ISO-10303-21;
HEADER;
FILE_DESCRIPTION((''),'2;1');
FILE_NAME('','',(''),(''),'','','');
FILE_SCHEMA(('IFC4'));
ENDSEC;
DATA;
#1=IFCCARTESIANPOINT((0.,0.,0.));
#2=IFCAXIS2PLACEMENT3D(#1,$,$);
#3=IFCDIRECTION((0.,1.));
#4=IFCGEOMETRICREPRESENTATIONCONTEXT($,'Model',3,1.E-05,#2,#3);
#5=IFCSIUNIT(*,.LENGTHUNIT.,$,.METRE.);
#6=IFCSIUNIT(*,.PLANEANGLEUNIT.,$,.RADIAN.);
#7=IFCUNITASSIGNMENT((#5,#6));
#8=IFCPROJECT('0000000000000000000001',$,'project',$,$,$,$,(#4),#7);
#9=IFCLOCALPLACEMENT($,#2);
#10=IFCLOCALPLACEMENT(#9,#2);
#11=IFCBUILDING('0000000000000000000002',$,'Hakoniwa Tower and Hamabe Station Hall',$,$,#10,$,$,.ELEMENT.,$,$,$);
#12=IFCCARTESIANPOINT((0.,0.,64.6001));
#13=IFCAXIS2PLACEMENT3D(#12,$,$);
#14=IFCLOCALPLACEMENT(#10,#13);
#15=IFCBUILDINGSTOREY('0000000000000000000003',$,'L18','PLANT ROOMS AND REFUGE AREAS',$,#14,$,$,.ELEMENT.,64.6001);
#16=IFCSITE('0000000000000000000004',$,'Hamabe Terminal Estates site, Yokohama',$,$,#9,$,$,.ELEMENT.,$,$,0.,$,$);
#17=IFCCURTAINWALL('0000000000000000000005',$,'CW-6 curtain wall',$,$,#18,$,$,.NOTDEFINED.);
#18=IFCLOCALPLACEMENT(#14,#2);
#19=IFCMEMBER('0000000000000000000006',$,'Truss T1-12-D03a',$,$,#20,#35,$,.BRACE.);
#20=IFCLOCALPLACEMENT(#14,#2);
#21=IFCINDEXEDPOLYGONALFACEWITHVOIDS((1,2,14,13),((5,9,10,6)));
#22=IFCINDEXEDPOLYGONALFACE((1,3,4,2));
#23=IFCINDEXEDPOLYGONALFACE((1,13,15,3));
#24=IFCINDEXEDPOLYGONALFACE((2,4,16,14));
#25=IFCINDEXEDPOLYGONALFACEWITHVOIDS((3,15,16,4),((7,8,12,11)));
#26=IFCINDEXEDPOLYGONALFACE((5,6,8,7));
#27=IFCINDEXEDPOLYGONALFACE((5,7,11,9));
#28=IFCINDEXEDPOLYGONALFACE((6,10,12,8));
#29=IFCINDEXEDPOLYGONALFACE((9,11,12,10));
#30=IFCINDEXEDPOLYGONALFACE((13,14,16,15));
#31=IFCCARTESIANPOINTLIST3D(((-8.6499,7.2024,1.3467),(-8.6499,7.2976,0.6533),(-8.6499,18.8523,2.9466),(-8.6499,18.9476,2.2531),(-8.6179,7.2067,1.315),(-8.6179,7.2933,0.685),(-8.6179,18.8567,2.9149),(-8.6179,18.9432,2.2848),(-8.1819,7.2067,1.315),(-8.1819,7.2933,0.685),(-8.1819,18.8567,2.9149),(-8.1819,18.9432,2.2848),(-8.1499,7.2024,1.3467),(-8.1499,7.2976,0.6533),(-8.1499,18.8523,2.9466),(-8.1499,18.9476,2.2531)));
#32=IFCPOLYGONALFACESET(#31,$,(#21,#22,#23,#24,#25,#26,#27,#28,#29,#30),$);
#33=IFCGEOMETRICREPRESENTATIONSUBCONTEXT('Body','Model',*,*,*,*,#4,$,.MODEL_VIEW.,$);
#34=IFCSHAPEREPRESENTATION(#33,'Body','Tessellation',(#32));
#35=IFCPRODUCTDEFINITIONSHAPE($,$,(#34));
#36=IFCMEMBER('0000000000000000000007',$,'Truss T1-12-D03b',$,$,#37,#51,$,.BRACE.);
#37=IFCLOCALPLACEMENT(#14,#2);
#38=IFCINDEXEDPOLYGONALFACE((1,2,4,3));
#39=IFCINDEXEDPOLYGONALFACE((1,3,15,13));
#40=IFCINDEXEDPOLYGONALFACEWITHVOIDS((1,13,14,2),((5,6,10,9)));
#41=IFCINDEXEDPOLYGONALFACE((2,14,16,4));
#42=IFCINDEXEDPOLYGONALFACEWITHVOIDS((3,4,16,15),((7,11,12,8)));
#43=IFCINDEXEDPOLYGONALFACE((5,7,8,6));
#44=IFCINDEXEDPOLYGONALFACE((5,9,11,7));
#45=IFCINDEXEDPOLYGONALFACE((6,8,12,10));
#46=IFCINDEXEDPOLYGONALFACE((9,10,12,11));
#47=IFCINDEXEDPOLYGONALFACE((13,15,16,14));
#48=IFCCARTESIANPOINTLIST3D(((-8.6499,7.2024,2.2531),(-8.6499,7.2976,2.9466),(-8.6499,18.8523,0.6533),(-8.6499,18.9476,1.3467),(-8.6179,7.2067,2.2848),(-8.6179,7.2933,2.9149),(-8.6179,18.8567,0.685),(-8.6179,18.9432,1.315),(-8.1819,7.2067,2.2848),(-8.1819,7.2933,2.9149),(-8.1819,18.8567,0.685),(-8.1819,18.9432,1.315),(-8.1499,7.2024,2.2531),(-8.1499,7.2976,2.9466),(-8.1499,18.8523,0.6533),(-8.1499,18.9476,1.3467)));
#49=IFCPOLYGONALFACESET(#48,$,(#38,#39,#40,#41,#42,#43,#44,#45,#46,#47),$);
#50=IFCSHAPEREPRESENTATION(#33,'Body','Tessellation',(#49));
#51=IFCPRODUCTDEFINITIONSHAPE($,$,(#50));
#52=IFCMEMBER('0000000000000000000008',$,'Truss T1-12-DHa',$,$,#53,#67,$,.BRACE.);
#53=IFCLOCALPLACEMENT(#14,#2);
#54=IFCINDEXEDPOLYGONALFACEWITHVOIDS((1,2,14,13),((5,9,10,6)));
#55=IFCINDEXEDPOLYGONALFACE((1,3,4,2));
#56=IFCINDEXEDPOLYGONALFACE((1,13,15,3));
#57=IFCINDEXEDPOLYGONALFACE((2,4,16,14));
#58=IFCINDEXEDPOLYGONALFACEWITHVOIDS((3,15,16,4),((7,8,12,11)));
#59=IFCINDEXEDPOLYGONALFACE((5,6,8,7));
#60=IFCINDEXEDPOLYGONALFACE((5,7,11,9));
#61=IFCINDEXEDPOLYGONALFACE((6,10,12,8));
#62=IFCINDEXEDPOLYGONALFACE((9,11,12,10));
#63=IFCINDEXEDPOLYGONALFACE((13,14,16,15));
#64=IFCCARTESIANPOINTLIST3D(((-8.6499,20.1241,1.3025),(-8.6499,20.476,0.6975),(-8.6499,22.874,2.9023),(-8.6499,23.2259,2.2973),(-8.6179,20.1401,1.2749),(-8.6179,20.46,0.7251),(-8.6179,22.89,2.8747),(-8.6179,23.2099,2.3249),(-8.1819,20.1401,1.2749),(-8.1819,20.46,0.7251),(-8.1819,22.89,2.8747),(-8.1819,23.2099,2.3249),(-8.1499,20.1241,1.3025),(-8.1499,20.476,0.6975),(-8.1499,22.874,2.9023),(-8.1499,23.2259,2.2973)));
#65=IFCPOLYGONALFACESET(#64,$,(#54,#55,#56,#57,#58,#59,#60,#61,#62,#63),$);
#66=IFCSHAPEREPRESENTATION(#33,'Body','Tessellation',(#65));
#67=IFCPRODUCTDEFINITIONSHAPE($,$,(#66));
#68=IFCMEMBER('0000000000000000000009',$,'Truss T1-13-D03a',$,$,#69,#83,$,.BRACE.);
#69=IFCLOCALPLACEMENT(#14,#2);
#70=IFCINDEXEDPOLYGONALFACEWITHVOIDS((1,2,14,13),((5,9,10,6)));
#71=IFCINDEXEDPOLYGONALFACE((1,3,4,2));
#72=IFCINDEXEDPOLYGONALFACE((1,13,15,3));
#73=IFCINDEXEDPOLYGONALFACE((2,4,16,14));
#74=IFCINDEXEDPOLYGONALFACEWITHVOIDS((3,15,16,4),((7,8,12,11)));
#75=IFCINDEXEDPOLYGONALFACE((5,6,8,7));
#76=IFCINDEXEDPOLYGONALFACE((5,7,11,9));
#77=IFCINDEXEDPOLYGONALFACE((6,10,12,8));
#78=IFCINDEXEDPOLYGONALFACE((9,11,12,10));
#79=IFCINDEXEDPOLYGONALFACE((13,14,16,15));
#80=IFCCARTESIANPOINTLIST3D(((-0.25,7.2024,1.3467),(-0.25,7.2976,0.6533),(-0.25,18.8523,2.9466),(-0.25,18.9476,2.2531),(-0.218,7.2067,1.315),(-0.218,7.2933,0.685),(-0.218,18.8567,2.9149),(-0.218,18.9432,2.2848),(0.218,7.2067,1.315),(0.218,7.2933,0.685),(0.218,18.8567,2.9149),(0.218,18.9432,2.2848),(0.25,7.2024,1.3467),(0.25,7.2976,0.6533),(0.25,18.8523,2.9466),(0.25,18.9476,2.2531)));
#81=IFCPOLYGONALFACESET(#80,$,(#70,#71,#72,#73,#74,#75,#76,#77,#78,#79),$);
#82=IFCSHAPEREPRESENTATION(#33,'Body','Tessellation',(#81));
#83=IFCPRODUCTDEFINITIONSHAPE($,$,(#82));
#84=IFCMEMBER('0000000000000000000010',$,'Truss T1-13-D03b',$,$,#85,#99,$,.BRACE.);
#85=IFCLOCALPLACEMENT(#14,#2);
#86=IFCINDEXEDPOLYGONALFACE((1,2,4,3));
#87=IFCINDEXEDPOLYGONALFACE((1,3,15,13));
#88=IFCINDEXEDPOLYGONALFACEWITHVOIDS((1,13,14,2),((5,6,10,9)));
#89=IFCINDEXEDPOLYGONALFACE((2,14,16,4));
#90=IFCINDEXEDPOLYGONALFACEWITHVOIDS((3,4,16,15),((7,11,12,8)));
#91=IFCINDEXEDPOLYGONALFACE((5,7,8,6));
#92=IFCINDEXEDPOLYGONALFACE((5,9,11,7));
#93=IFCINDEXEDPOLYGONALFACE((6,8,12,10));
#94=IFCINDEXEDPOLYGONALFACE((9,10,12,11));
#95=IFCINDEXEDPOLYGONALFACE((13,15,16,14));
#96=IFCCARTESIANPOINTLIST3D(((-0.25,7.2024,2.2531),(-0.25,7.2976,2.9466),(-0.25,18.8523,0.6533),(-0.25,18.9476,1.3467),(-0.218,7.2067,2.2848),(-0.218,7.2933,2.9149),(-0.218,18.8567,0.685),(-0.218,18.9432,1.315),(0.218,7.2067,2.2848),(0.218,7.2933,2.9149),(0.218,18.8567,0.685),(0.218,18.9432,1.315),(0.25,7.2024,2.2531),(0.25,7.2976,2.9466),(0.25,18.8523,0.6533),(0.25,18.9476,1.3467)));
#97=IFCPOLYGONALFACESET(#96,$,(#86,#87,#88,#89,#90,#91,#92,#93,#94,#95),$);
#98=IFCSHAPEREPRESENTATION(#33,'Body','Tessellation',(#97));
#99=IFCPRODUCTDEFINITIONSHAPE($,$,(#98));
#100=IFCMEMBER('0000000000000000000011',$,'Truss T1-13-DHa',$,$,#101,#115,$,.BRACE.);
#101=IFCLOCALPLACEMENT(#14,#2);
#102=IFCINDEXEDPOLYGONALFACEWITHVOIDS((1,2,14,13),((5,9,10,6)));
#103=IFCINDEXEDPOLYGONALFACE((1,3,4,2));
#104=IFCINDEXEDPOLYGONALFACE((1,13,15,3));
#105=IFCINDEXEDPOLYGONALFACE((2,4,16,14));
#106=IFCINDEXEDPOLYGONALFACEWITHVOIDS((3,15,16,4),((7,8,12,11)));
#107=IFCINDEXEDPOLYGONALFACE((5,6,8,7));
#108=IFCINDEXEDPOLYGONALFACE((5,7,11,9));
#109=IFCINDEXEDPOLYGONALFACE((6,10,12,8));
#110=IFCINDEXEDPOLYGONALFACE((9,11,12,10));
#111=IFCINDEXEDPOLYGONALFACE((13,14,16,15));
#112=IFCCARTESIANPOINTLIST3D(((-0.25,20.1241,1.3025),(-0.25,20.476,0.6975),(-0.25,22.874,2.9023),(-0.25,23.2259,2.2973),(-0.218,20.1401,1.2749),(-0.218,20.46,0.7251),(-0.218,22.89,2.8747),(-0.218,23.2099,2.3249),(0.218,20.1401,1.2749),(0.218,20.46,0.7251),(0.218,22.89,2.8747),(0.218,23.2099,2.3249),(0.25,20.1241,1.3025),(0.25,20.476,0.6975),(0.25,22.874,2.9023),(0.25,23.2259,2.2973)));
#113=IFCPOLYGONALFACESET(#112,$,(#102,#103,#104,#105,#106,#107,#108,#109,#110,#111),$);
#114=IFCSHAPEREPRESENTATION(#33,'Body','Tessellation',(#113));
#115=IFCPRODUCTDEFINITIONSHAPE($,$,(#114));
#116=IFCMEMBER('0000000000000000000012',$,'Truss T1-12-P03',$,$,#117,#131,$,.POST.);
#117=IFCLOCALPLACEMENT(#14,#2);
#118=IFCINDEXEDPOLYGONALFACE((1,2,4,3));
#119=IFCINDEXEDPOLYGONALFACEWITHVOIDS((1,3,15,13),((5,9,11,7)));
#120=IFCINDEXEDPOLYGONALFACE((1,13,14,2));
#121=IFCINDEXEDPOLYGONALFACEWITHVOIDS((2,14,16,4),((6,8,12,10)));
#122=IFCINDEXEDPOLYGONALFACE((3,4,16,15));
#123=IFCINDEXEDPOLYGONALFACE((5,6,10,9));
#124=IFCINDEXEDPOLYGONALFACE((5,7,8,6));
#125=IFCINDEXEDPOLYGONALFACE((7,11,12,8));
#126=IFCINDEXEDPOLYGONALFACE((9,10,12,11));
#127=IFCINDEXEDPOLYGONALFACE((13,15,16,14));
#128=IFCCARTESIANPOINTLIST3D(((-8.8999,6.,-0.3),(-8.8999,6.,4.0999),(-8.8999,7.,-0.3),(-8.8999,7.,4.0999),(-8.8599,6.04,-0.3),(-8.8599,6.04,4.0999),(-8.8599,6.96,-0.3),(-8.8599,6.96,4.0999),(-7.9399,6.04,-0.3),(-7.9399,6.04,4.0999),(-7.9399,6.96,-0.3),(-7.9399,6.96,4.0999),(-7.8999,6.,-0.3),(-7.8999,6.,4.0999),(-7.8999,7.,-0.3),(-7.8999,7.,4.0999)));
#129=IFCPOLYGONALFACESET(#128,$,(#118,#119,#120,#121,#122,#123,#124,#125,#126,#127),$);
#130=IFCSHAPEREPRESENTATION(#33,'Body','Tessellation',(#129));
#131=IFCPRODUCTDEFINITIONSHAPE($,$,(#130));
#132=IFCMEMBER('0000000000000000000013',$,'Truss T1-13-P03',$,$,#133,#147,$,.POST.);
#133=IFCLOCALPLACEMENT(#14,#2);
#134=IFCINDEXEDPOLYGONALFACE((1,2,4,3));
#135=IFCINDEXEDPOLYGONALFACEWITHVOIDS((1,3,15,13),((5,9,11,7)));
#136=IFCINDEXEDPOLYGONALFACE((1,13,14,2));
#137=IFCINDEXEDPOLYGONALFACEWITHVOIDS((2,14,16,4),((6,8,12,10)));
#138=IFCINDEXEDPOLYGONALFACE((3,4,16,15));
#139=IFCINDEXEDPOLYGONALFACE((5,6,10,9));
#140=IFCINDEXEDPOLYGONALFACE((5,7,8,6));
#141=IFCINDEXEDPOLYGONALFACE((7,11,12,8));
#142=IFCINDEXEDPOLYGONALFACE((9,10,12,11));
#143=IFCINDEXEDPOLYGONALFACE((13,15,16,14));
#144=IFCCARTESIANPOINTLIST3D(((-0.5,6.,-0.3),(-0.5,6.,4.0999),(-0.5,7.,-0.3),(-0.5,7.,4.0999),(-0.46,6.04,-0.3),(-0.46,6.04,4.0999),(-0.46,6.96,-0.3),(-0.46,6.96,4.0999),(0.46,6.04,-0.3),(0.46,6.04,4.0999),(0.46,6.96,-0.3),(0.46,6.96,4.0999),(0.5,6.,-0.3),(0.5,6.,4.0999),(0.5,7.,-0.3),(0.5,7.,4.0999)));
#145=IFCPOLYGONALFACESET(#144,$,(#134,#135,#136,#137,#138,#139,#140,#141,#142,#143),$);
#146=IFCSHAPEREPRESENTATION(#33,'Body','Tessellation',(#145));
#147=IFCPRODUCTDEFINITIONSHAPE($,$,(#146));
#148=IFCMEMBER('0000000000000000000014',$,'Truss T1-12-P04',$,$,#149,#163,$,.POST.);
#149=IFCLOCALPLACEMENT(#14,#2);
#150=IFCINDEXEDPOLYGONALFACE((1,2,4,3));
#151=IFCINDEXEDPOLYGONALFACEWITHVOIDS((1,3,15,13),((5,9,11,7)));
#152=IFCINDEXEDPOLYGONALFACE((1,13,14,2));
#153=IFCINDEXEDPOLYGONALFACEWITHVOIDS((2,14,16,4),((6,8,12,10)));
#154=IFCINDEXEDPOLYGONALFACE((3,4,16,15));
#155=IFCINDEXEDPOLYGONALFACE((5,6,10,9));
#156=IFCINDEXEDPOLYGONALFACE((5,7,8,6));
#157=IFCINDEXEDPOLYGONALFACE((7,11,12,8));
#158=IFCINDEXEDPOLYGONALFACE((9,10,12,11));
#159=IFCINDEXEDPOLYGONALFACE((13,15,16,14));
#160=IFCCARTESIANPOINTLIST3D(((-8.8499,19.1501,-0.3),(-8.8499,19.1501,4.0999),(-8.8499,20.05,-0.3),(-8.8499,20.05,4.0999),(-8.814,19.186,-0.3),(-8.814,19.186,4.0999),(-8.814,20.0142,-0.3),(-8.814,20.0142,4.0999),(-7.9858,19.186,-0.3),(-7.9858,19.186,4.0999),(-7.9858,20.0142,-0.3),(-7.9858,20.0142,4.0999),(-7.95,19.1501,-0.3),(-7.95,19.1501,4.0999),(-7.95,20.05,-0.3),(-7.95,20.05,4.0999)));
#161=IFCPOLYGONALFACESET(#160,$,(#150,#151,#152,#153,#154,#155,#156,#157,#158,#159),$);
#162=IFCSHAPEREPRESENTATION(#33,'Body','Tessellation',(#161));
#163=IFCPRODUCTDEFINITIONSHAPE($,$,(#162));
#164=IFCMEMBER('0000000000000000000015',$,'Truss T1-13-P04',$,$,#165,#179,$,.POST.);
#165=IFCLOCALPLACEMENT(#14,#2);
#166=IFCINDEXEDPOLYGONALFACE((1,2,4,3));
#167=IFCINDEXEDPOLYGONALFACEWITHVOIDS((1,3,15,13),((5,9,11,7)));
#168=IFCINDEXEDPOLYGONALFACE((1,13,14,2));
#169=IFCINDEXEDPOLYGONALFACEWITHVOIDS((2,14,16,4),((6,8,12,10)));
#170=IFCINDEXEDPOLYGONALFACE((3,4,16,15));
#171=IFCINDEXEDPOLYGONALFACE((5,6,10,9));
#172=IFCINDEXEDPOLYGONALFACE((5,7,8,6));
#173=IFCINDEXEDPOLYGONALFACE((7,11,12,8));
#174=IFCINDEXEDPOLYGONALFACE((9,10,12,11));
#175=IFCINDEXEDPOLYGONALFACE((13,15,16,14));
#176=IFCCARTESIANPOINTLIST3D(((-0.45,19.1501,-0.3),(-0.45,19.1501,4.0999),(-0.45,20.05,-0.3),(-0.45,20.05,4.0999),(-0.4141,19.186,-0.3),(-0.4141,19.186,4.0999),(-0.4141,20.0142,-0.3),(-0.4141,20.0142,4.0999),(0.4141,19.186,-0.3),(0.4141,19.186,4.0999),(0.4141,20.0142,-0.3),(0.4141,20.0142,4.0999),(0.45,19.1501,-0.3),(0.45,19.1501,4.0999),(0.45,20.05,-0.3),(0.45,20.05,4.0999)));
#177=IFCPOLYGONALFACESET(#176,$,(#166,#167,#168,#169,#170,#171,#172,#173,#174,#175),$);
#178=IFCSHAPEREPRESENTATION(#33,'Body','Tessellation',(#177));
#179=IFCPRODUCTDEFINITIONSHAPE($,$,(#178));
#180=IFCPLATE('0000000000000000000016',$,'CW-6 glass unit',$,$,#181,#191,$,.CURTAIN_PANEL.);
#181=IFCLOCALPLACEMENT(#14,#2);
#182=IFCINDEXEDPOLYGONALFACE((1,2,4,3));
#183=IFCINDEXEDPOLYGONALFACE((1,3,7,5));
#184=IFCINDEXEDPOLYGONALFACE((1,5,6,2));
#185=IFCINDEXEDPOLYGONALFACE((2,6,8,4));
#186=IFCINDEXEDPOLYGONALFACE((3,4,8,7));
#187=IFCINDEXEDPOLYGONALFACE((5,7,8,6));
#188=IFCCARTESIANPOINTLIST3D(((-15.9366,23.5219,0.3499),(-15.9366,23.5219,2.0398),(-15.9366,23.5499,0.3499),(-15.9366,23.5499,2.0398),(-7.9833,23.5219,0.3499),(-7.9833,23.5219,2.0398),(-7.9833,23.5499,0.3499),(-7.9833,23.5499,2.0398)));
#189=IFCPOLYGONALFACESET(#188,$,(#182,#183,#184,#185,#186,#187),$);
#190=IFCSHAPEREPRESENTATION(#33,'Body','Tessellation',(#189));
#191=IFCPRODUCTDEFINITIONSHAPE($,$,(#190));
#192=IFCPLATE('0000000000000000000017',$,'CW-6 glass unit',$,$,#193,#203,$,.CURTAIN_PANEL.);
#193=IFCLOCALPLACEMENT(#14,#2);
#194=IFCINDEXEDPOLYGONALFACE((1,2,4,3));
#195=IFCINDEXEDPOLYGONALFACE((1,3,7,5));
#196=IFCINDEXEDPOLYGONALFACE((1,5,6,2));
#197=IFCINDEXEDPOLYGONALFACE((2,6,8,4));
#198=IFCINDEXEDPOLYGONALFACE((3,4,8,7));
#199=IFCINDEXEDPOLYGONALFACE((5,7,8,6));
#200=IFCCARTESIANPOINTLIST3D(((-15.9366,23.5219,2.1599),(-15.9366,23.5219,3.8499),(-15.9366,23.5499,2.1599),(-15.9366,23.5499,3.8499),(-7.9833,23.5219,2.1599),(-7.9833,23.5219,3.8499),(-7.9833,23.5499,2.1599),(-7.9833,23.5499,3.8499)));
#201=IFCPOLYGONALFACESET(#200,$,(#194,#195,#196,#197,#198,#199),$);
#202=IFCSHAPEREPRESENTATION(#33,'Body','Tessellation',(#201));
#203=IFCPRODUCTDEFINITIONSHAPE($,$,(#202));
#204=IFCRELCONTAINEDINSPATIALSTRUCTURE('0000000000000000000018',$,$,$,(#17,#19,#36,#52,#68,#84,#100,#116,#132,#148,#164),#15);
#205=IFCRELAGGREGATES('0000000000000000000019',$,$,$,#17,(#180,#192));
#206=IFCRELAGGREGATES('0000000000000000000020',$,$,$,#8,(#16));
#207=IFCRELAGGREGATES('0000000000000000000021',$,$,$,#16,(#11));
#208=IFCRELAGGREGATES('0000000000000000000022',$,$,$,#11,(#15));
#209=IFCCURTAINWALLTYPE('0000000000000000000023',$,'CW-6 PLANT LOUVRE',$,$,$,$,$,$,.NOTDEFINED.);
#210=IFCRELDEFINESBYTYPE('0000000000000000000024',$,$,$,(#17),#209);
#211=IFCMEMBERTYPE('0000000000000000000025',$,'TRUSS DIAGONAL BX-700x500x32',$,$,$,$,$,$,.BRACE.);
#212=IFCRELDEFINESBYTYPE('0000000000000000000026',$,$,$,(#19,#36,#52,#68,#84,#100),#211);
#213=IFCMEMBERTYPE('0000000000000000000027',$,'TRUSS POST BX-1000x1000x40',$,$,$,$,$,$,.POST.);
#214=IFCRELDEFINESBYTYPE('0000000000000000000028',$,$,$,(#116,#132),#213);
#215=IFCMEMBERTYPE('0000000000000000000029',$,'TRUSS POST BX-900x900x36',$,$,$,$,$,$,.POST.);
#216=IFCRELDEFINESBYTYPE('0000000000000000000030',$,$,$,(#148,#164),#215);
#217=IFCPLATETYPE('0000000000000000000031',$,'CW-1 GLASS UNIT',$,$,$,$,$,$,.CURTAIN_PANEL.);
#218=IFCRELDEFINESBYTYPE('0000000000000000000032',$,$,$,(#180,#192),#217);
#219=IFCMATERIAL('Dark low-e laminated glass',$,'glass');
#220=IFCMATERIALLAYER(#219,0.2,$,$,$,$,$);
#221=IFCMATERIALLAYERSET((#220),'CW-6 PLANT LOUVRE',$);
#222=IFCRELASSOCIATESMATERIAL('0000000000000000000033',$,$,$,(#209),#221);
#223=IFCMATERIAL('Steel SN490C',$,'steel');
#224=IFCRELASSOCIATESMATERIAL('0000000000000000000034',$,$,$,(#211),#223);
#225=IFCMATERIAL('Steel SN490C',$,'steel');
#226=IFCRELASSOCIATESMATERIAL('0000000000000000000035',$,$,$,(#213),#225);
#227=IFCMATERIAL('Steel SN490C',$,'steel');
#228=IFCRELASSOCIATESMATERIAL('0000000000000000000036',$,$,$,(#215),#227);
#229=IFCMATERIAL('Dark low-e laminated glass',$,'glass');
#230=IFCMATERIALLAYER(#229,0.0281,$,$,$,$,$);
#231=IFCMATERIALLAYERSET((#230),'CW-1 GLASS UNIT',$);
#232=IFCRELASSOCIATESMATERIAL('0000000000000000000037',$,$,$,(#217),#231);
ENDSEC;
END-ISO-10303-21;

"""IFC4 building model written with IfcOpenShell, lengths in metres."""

from ifc_helpers import new_model, si_unit, direction, frame, origin, origin_2d, place, context, subcontext, project, spatial, rectangle, hollow_rectangle, extrude, material, layer, layer_set, material_profile, profile_set, type_object, element, aggregate, save


model = new_model("IFC4")

# Units and contexts
model_context = context("Model", 3, precision=1e-05, world=origin(), true_north=direction((0.0, 1.0)))
body_context = subcontext(model_context, "Body", "Model", "MODEL_VIEW")
ifc_project = project(units=[si_unit("LENGTHUNIT", "METRE"), si_unit("PLANEANGLEUNIT", "RADIAN")], contexts=[model_context])

# Site, building, storey
site_placement = place(None, origin())
site = spatial("IfcSite", under=ifc_project, at=site_placement, Name="Hamabe Terminal Estates site, Yokohama", CompositionType="ELEMENT", RefElevation=0.0)
building_placement = place(site_placement, origin())
building = spatial("IfcBuilding", under=site, at=building_placement, Name="Hakoniwa Tower and Hamabe Station Hall", CompositionType="ELEMENT")
storey_placement = place(building_placement, frame((0.0, 0.0, 64.6001)))
storey = spatial("IfcBuildingStorey", under=building, at=storey_placement, Name="L18", Description="PLANT ROOMS AND REFUGE AREAS", CompositionType="ELEMENT", Elevation=64.6001)

# Curtain wall
ifc_material_1 = material(Name="Dark low-e laminated glass", Category="glass")
ifc_layer_1 = layer(ifc_material_1, 0.2)
ifc_layer_set_1 = layer_set([ifc_layer_1], Name="CW-6 PLANT LOUVRE")
curtain_wall_type = type_object("IfcCurtainWallType", Name="CW-6 PLANT LOUVRE", PredefinedType="NOTDEFINED", material=ifc_layer_set_1)
curtain_wall_placement = place(storey_placement, origin())
curtain_wall = element("IfcCurtainWall", 1, at=curtain_wall_placement, inside=storey, type_object=curtain_wall_type, Name="CW-6 curtain wall", PredefinedType="NOTDEFINED")

# Members
ifc_material_2 = material(Name="Steel SN490C", Category="steel")
ifc_material_profile_1 = material_profile(ifc_material_2, hollow_rectangle(XDim=0.5, YDim=0.7, WallThickness=0.032, at=origin_2d()), Name="BX-700x500x32")
ifc_profile_set_1 = profile_set([ifc_material_profile_1], Name="Steel SN490C")
member_type_1 = type_object("IfcMemberType", Name="TRUSS DIAGONAL BX-700x500x32", PredefinedType="BRACE", material=ifc_profile_set_1)
for number, where, z_axis, x_axis, name in (
    (2, (-8.3999, 7.25, 1.0), (0.0, 0.990702, 0.136051), (-1.0, 0.0, 0.0), "Truss T1-12-D03a"),
    (3, (-8.3999, 7.25, 2.5999), (0.0, 0.990702, -0.136051), (-1.0, 0.0, 0.0), "Truss T1-12-D03b"),
):
    element("IfcMember", number, at=place(storey_placement, frame(where, z_axis=z_axis, x_axis=x_axis)), inside=storey, type_object=member_type_1, Name=name, PredefinedType="BRACE", context=body_context, shape_type="SweptSolid", body=[
        extrude(hollow_rectangle(XDim=0.5, YDim=0.7, WallThickness=0.032, at=origin_2d()), origin(), (0.0, 0.0, 1.0), 11.7593),
    ])
member_1_placement = place(storey_placement, frame((-8.3999, 20.3, 1.0), z_axis=(0.0, 0.864368, 0.502859), x_axis=(-1.0, 0.0, 0.0)))
element("IfcMember", 4, at=member_1_placement, inside=storey, type_object=member_type_1, Name="Truss T1-12-DHa", PredefinedType="BRACE", context=body_context, shape_type="SweptSolid", body=[
    extrude(hollow_rectangle(XDim=0.5, YDim=0.7, WallThickness=0.032, at=origin_2d()), origin(), (0.0, 0.0, 1.0), 3.1814),
])
for number, where, z_axis, x_axis, name in (
    (5, (0.0, 7.25, 1.0), (0.0, 0.990702, 0.136051), (-1.0, 0.0, 0.0), "Truss T1-13-D03a"),
    (6, (0.0, 7.25, 2.5999), (0.0, 0.990702, -0.136051), (-1.0, 0.0, 0.0), "Truss T1-13-D03b"),
):
    element("IfcMember", number, at=place(storey_placement, frame(where, z_axis=z_axis, x_axis=x_axis)), inside=storey, type_object=member_type_1, Name=name, PredefinedType="BRACE", context=body_context, shape_type="SweptSolid", body=[
        extrude(hollow_rectangle(XDim=0.5, YDim=0.7, WallThickness=0.032, at=origin_2d()), origin(), (0.0, 0.0, 1.0), 11.7593),
    ])
member_2_placement = place(storey_placement, frame((0.0, 20.3, 1.0), z_axis=(0.0, 0.864368, 0.502859), x_axis=(-1.0, 0.0, 0.0)))
element("IfcMember", 7, at=member_2_placement, inside=storey, type_object=member_type_1, Name="Truss T1-13-DHa", PredefinedType="BRACE", context=body_context, shape_type="SweptSolid", body=[
    extrude(hollow_rectangle(XDim=0.5, YDim=0.7, WallThickness=0.032, at=origin_2d()), origin(), (0.0, 0.0, 1.0), 3.1814),
])
ifc_material_3 = material(Name="Steel SN490C", Category="steel")
ifc_material_profile_2 = material_profile(ifc_material_3, hollow_rectangle(XDim=1.0, YDim=1.0, WallThickness=0.04, at=origin_2d()), Name="BX-1000x1000x40")
ifc_profile_set_2 = profile_set([ifc_material_profile_2], Name="Steel SN490C")
member_type_2 = type_object("IfcMemberType", Name="TRUSS POST BX-1000x1000x40", PredefinedType="POST", material=ifc_profile_set_2)
for number, where, z_axis, x_axis, name in (
    (8, (-8.3999, 6.5, -0.3), (0.0, 0.0, 1.0), (1.0, 0.0, 0.0), "Truss T1-12-P03"),
    (9, (0.0, 6.5, -0.3), (0.0, 0.0, 1.0), (1.0, 0.0, 0.0), "Truss T1-13-P03"),
):
    element("IfcMember", number, at=place(storey_placement, frame(where, z_axis=z_axis, x_axis=x_axis)), inside=storey, type_object=member_type_2, Name=name, PredefinedType="POST", context=body_context, shape_type="SweptSolid", body=[
        extrude(hollow_rectangle(XDim=1.0, YDim=1.0, WallThickness=0.04, at=origin_2d()), origin(), (0.0, 0.0, 1.0), 4.3999),
    ])
ifc_material_4 = material(Name="Steel SN490C", Category="steel")
ifc_material_profile_3 = material_profile(ifc_material_4, hollow_rectangle(XDim=0.8999, YDim=0.8999, WallThickness=0.0359, at=origin_2d()), Name="BX-900x900x36")
ifc_profile_set_3 = profile_set([ifc_material_profile_3], Name="Steel SN490C")
member_type_3 = type_object("IfcMemberType", Name="TRUSS POST BX-900x900x36", PredefinedType="POST", material=ifc_profile_set_3)
for number, where, z_axis, x_axis, name in (
    (10, (-8.3999, 19.6001, -0.3), (0.0, 0.0, 1.0), (1.0, 0.0, 0.0), "Truss T1-12-P04"),
    (11, (0.0, 19.6001, -0.3), (0.0, 0.0, 1.0), (1.0, 0.0, 0.0), "Truss T1-13-P04"),
):
    element("IfcMember", number, at=place(storey_placement, frame(where, z_axis=z_axis, x_axis=x_axis)), inside=storey, type_object=member_type_3, Name=name, PredefinedType="POST", context=body_context, shape_type="SweptSolid", body=[
        extrude(hollow_rectangle(XDim=0.8999, YDim=0.8999, WallThickness=0.0359, at=origin_2d()), origin(), (0.0, 0.0, 1.0), 4.3999),
    ])

# Plates
ifc_material_5 = material(Name="Dark low-e laminated glass", Category="glass")
ifc_layer_2 = layer(ifc_material_5, 0.0281)
ifc_layer_set_2 = layer_set([ifc_layer_2], Name="CW-1 GLASS UNIT")
plate_type = type_object("IfcPlateType", Name="CW-1 GLASS UNIT", PredefinedType="CURTAIN_PANEL", material=ifc_layer_set_2)
plate_1_placement = place(storey_placement, frame((-11.96, 23.5359, 0.3499), z_axis=(0.0, 0.0, 1.0), x_axis=(-1.0, 0.0, 0.0)))
plate_1 = element("IfcPlate", 12, at=plate_1_placement, type_object=plate_type, Name="CW-6 glass unit", PredefinedType="CURTAIN_PANEL", context=body_context, shape_type="SweptSolid", body=[
    extrude(rectangle(XDim=7.9534, YDim=0.0281, at=origin_2d()), origin(), (0.0, 0.0, 1.0), 1.6899),
])
plate_2_placement = place(storey_placement, frame((-11.96, 23.5359, 2.1599), z_axis=(0.0, 0.0, 1.0), x_axis=(-1.0, 0.0, 0.0)))
plate_2 = element("IfcPlate", 13, at=plate_2_placement, type_object=plate_type, Name="CW-6 glass unit", PredefinedType="CURTAIN_PANEL", context=body_context, shape_type="SweptSolid", body=[
    extrude(rectangle(XDim=7.9534, YDim=0.0281, at=origin_2d()), origin(), (0.0, 0.0, 1.0), 1.6899),
])

aggregate(curtain_wall, [plate_1, plate_2])

save(model, "model.ifc")
